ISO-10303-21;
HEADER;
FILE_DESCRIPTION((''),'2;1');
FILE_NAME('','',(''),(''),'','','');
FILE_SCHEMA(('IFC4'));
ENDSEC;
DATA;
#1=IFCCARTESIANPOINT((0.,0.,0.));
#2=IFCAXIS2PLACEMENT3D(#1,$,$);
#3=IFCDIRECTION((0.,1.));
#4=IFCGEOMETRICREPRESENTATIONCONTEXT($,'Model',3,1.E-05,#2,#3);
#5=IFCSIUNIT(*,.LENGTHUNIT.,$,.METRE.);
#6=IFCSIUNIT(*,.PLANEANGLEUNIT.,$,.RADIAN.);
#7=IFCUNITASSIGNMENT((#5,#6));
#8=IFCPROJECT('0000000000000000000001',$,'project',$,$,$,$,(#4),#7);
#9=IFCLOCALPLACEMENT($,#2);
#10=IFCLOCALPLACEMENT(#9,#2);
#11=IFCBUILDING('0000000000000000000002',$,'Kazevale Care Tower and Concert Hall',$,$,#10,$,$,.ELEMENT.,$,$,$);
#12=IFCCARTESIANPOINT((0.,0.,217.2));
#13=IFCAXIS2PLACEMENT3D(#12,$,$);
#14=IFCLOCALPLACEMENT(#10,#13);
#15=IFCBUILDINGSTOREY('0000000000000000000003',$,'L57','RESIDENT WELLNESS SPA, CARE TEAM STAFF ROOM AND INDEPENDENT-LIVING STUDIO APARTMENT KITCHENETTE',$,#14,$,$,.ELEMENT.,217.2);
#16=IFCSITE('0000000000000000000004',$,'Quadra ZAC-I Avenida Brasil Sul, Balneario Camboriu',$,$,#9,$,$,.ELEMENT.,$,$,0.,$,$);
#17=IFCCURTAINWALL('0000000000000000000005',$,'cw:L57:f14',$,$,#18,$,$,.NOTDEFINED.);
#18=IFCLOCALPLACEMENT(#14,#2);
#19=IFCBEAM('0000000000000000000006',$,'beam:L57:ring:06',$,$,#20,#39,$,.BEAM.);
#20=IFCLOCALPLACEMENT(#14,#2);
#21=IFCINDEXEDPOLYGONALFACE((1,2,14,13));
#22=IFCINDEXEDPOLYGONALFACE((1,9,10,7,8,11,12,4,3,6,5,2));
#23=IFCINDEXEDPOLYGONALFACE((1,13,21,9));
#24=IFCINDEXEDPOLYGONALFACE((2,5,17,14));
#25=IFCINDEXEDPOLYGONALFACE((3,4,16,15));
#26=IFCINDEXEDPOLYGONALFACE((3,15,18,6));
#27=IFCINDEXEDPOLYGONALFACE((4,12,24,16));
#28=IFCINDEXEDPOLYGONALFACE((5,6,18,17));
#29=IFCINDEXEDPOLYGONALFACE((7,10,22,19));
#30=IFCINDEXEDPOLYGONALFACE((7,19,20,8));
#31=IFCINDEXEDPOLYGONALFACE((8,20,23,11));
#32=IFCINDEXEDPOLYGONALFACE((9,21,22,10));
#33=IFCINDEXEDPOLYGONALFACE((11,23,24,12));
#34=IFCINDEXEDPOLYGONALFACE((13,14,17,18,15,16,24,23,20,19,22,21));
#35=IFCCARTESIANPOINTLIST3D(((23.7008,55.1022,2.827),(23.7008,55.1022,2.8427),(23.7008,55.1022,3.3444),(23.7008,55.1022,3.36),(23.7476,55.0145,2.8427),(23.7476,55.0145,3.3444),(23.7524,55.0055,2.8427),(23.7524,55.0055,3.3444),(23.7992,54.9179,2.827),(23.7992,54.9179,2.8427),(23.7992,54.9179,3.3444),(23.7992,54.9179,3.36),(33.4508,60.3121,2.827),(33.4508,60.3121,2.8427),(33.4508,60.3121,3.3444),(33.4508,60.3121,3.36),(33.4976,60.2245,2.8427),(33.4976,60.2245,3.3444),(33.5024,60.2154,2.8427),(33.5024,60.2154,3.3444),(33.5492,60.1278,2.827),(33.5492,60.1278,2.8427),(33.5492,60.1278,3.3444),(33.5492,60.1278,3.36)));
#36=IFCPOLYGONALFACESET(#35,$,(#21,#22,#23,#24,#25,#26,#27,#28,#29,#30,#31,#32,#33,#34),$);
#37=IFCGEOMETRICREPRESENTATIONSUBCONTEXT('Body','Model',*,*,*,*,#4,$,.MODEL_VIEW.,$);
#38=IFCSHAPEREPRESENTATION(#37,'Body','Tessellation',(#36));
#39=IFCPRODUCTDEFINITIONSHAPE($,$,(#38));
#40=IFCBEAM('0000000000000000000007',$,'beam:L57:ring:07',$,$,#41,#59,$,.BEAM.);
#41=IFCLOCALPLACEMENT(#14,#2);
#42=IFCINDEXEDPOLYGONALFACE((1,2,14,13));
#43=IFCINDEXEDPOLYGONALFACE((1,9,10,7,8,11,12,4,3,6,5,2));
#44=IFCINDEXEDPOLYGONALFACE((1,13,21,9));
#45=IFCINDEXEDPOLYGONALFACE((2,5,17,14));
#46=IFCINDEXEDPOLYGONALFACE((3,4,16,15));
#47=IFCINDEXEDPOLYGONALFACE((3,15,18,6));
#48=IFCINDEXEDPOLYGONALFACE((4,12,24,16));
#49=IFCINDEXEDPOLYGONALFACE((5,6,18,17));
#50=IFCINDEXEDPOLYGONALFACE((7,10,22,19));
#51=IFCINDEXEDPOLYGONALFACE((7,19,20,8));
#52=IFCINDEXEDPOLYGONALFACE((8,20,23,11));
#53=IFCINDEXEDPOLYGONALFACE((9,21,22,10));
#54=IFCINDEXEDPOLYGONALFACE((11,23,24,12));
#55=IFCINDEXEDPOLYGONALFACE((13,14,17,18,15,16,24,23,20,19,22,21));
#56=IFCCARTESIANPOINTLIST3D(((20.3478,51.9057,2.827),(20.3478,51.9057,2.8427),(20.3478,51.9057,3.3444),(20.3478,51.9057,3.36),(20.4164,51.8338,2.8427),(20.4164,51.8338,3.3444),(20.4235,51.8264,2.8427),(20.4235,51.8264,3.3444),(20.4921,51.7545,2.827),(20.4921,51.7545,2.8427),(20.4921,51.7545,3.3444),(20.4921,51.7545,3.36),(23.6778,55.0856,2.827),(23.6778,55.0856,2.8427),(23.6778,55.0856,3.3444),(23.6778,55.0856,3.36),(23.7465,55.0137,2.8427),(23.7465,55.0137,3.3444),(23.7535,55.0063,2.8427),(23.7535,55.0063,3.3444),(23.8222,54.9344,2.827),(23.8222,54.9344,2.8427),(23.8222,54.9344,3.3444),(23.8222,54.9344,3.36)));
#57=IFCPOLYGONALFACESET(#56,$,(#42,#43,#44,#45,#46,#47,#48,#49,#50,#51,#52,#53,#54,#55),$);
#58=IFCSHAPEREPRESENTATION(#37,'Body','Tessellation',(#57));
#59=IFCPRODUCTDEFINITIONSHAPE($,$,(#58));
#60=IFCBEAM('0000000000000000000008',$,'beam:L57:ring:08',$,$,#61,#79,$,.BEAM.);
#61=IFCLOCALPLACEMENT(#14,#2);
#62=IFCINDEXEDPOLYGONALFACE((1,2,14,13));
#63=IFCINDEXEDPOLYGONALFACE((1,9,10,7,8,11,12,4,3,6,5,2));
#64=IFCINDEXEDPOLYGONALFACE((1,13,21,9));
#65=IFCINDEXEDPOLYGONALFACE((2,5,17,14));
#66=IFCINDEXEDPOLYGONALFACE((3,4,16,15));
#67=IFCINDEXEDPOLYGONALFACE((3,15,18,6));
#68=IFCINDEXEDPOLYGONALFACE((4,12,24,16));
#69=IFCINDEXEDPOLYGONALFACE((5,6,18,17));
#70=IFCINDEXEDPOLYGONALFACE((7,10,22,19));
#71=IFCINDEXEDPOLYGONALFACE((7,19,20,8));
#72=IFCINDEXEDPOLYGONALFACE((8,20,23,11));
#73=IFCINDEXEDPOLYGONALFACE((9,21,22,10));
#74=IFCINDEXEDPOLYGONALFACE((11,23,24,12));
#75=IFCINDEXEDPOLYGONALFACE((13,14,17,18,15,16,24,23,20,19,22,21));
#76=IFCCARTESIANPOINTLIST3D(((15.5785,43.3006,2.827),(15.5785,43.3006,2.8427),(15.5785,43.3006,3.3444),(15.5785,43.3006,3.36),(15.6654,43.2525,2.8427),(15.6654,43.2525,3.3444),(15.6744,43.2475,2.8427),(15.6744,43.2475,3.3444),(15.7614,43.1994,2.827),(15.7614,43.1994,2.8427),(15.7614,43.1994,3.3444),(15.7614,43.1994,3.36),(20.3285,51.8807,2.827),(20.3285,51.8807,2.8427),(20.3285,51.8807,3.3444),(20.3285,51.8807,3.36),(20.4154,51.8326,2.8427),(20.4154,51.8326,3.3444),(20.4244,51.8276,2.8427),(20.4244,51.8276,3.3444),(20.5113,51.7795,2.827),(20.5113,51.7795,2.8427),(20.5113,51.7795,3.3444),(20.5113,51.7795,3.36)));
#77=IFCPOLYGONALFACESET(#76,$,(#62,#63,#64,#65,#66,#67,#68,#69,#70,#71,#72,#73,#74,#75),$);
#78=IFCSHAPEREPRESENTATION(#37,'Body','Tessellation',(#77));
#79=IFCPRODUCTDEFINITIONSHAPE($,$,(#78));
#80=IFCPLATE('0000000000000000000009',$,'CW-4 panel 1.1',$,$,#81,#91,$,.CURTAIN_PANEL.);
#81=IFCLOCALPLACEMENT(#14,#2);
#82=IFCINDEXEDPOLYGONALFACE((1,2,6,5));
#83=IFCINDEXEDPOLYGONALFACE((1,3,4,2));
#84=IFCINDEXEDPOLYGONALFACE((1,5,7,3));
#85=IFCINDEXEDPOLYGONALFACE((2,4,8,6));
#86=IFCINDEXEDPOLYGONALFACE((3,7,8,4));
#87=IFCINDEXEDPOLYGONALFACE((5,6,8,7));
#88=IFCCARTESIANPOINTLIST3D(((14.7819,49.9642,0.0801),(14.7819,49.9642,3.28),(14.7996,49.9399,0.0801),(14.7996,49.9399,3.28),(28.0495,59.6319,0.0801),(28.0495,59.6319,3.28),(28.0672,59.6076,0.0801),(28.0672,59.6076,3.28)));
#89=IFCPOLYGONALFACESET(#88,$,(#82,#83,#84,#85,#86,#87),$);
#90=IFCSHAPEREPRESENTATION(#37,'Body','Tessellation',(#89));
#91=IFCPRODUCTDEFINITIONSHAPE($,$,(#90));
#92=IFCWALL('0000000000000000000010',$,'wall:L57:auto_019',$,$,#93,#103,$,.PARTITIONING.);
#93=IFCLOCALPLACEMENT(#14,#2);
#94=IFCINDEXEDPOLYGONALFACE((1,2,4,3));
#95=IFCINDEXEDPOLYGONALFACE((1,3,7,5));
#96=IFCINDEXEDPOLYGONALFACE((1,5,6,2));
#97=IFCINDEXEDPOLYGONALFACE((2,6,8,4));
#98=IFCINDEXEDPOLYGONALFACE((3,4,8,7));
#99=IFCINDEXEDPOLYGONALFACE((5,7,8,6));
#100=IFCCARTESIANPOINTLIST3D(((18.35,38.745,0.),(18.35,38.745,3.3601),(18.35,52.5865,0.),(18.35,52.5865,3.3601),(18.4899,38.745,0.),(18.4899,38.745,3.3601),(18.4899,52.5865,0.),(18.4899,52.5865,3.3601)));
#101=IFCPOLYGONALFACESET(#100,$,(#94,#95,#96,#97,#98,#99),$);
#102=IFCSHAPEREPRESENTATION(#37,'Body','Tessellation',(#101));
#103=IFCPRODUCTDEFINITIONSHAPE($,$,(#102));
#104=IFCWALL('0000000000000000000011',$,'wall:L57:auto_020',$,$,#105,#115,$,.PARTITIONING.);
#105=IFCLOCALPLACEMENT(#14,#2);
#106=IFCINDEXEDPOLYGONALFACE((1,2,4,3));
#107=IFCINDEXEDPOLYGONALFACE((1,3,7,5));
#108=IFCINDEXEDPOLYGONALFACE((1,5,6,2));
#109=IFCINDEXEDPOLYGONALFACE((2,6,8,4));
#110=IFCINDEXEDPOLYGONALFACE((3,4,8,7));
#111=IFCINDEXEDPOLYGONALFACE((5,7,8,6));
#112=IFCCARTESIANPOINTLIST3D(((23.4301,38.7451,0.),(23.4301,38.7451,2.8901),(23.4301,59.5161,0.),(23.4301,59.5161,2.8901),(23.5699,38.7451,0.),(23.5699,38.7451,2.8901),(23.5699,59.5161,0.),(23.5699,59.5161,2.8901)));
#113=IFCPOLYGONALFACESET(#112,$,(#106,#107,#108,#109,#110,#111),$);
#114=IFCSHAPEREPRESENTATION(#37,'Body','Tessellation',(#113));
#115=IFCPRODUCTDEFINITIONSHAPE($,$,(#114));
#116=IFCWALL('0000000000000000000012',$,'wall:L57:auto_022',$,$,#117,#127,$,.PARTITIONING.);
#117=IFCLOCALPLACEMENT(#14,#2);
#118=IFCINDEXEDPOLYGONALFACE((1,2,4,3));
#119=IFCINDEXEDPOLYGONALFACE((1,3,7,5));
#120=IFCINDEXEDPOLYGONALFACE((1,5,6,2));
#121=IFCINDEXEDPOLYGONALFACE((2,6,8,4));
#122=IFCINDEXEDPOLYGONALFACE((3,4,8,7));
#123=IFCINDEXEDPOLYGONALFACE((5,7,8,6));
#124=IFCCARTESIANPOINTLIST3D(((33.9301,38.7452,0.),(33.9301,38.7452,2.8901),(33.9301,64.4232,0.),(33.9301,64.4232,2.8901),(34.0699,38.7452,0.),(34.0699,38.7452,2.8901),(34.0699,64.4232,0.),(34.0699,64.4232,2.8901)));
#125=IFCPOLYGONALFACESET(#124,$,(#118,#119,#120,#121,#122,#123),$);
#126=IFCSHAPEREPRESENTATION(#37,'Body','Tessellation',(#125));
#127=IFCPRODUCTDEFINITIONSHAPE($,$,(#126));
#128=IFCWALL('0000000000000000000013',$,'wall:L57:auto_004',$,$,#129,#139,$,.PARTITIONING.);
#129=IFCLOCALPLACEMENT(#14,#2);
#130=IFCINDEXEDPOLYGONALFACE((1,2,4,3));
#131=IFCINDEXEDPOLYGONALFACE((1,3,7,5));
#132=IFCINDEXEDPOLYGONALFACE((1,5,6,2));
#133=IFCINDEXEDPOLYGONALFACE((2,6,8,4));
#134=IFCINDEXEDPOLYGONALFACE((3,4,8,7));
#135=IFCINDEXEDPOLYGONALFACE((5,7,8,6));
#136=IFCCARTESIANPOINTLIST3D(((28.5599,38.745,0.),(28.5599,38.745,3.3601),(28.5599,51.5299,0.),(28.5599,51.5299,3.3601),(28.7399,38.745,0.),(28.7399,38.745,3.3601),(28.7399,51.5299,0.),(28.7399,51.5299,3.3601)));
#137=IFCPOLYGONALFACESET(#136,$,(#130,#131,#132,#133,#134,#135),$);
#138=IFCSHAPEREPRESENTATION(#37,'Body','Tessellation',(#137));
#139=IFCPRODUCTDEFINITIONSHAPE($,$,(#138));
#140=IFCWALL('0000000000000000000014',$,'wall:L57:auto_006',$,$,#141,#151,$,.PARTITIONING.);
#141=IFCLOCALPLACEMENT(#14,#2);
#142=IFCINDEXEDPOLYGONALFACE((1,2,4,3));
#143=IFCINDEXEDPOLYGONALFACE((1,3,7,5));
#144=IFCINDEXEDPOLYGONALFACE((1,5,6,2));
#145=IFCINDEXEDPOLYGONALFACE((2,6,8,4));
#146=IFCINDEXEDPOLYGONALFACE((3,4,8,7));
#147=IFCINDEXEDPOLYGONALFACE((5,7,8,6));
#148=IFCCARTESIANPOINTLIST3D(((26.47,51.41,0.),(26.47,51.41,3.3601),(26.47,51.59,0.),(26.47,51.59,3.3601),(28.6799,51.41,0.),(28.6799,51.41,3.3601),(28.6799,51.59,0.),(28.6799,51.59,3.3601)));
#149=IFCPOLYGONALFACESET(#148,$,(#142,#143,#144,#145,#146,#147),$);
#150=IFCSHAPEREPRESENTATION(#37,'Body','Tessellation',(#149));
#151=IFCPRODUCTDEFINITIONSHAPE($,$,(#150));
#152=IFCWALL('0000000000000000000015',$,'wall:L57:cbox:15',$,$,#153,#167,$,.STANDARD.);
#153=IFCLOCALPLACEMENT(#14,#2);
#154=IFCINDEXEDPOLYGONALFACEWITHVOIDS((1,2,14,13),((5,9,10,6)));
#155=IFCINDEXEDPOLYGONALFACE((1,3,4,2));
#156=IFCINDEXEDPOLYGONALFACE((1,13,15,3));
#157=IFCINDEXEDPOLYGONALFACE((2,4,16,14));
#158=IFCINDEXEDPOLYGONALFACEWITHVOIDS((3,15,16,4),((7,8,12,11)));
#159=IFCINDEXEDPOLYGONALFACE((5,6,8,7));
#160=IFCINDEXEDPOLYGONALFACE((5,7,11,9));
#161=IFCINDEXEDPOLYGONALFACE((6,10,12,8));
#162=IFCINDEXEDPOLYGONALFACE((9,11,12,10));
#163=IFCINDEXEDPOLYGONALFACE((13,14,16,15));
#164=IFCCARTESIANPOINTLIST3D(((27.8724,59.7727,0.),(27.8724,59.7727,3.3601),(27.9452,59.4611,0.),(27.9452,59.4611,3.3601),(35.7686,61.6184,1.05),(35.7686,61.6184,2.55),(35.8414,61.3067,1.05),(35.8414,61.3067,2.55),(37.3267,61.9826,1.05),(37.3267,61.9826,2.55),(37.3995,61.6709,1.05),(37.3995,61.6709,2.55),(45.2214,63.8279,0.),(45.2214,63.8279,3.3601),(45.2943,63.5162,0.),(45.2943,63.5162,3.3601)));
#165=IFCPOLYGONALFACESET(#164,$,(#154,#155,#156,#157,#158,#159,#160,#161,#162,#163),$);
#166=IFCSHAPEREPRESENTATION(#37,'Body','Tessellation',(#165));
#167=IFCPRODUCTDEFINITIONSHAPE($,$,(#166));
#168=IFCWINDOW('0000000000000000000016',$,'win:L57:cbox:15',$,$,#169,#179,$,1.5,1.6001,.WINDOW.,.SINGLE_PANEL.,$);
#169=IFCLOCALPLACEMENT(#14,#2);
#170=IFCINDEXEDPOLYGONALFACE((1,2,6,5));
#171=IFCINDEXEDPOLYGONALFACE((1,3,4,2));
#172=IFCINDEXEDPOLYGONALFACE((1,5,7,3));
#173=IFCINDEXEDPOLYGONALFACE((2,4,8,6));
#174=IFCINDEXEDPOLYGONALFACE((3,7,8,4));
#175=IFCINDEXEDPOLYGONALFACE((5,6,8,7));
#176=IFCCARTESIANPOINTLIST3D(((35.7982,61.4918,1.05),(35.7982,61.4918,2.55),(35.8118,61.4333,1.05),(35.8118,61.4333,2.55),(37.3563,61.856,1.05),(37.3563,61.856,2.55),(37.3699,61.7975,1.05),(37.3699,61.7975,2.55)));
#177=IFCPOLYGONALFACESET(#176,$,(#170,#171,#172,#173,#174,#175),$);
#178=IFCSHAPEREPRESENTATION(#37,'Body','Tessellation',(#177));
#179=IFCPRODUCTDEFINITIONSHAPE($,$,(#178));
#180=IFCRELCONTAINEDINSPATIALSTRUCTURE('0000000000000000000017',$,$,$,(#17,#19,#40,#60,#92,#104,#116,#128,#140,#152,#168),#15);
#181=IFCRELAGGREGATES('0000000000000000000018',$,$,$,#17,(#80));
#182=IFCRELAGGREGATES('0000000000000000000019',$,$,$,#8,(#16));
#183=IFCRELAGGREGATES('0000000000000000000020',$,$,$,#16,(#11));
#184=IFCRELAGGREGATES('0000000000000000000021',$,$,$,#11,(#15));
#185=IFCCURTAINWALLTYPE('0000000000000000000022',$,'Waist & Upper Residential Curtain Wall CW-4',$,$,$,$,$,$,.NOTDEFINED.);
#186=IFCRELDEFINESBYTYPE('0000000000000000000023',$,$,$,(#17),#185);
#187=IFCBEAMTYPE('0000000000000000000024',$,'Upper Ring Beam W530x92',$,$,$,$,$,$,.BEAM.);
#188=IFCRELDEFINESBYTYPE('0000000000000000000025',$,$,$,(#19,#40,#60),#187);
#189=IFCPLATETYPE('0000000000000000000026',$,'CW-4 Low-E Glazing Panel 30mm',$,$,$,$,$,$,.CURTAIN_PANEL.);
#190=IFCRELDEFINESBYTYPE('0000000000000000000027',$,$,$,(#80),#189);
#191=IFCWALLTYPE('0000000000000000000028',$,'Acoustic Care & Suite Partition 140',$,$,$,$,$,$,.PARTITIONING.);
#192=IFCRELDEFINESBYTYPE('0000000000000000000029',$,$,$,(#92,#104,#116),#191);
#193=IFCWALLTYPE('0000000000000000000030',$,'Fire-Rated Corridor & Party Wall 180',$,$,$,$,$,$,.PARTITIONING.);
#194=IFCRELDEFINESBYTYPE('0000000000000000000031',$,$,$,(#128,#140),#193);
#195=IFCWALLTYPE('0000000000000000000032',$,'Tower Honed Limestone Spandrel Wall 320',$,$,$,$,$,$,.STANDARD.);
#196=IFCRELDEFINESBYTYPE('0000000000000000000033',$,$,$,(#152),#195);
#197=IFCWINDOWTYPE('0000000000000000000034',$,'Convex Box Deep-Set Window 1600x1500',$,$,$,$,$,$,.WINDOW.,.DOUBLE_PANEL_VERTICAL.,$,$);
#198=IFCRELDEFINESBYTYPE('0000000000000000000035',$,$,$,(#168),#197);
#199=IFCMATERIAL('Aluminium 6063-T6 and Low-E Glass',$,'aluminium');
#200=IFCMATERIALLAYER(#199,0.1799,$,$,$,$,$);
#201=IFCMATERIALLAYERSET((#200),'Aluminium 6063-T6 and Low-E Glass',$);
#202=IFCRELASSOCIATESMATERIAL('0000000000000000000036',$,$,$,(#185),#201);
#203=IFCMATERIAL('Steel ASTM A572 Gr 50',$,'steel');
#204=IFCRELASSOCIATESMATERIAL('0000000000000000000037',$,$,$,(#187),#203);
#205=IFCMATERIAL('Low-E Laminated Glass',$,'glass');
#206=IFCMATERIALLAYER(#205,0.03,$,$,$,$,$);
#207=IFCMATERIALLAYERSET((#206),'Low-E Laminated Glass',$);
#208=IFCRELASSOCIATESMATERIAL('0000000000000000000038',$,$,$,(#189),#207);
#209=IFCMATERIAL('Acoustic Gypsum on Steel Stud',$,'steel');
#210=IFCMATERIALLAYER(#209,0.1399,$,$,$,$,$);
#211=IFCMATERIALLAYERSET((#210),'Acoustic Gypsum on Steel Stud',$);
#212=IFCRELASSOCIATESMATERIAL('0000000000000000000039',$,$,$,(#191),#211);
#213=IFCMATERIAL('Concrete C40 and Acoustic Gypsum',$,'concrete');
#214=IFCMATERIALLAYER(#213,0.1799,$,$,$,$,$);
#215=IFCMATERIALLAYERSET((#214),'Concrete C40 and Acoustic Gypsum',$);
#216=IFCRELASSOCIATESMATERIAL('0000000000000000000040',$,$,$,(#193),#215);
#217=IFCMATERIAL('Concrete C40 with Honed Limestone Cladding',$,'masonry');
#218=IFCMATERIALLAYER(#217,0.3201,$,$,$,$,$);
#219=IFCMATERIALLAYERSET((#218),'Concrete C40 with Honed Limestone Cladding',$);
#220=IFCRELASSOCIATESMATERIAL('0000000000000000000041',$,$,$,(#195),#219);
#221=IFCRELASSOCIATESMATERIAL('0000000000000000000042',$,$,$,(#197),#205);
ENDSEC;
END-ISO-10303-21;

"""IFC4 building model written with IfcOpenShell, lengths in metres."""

from ifc_helpers import new_model, si_unit, direction, frame, frame_2d, origin, origin_2d, place, context, subcontext, project, spatial, rectangle, i_section, extrude, material, layer, layer_set, material_profile, profile_set, type_object, element, fill, aggregate, save


model = new_model("IFC4")

# Units and contexts
model_context = context("Model", 3, precision=1e-05, world=origin(), true_north=direction((0.0, 1.0)))
body_context = subcontext(model_context, "Body", "Model", "MODEL_VIEW")
ifc_project = project(units=[si_unit("LENGTHUNIT", "METRE"), si_unit("PLANEANGLEUNIT", "RADIAN")], contexts=[model_context])

# Site, building, storey
site_placement = place(None, origin())
site = spatial("IfcSite", under=ifc_project, at=site_placement, Name="Quadra ZAC-I Avenida Brasil Sul, Balneario Camboriu", CompositionType="ELEMENT", RefElevation=0.0)
building_placement = place(site_placement, origin())
building = spatial("IfcBuilding", under=site, at=building_placement, Name="Kazevale Care Tower and Concert Hall", CompositionType="ELEMENT")
storey_placement = place(building_placement, frame((0.0, 0.0, 217.2)))
storey = spatial("IfcBuildingStorey", under=building, at=storey_placement, Name="L57", Description="RESIDENT WELLNESS SPA, CARE TEAM STAFF ROOM AND INDEPENDENT-LIVING STUDIO APARTMENT KITCHENETTE", CompositionType="ELEMENT", Elevation=217.2)

# Curtain wall
ifc_material_1 = material(Name="Aluminium 6063-T6 and Low-E Glass", Category="aluminium")
ifc_layer_1 = layer(ifc_material_1, 0.1799)
ifc_layer_set_1 = layer_set([ifc_layer_1], Name="Aluminium 6063-T6 and Low-E Glass")
curtain_wall_type = type_object("IfcCurtainWallType", Name="Waist & Upper Residential Curtain Wall CW-4", PredefinedType="NOTDEFINED", material=ifc_layer_set_1)
curtain_wall_placement = place(storey_placement, origin())
curtain_wall = element("IfcCurtainWall", 1, at=curtain_wall_placement, inside=storey, type_object=curtain_wall_type, Name="cw:L57:f14", PredefinedType="NOTDEFINED")

# Beams
ifc_material_2 = material(Name="Steel ASTM A572 Gr 50", Category="steel")
ifc_material_profile_1 = material_profile(ifc_material_2, i_section(OverallWidth=0.209, OverallDepth=0.533, WebThickness=0.0103, FlangeThickness=0.0156, at=origin_2d()), Name="W530x92")
ifc_profile_set_1 = profile_set([ifc_material_profile_1], Name="Steel ASTM A572 Gr 50")
beam_type = type_object("IfcBeamType", Name="Upper Ring Beam W530x92", PredefinedType="BEAM", material=ifc_profile_set_1)
beam_1_placement = place(storey_placement, frame((33.5, 60.22, 3.0935), z_axis=(-0.881979, -0.47129, 0.0), x_axis=(0.47129, -0.881979, 0.0)))
element("IfcBeam", 2, at=beam_1_placement, inside=storey, type_object=beam_type, Name="beam:L57:ring:06", PredefinedType="BEAM", context=body_context, shape_type="SweptSolid", body=[
    extrude(i_section(OverallWidth=0.209, OverallDepth=0.533, WebThickness=0.0103, FlangeThickness=0.0156, at=origin_2d()), origin(), (0.0, 0.0, 1.0), 11.0547),
])
beam_2_placement = place(storey_placement, frame((23.75, 55.01, 3.0935), z_axis=(-0.723223, -0.690614, 0.0), x_axis=(0.690614, -0.723223, 0.0)))
element("IfcBeam", 3, at=beam_2_placement, inside=storey, type_object=beam_type, Name="beam:L57:ring:07", PredefinedType="BEAM", context=body_context, shape_type="SweptSolid", body=[
    extrude(i_section(OverallWidth=0.209, OverallDepth=0.533, WebThickness=0.0103, FlangeThickness=0.0156, at=origin_2d()), origin(), (0.0, 0.0, 1.0), 4.6045),
])
beam_3_placement = place(storey_placement, frame((20.4199, 51.8301, 3.0935), z_axis=(-0.48434, -0.87488, 0.0), x_axis=(0.87488, -0.48434, 0.0)))
element("IfcBeam", 4, at=beam_3_placement, inside=storey, type_object=beam_type, Name="beam:L57:ring:08", PredefinedType="BEAM", context=body_context, shape_type="SweptSolid", body=[
    extrude(i_section(OverallWidth=0.209, OverallDepth=0.533, WebThickness=0.0103, FlangeThickness=0.0156, at=origin_2d()), origin(), (0.0, 0.0, 1.0), 9.8071),
])

# Plate
ifc_material_3 = material(Name="Low-E Laminated Glass", Category="glass")
ifc_layer_2 = layer(ifc_material_3, 0.03)
ifc_layer_set_2 = layer_set([ifc_layer_2], Name="Low-E Laminated Glass")
plate_type = type_object("IfcPlateType", Name="CW-4 Low-E Glazing Panel 30mm", PredefinedType="CURTAIN_PANEL", material=ifc_layer_set_2)
plate_placement = place(storey_placement, frame((21.4246, 54.7859, 0.0801), z_axis=(0.0, 0.0, 1.0), x_axis=(0.808198, 0.58891, 0.0)))
plate = element("IfcPlate", 5, at=plate_placement, type_object=plate_type, Name="CW-4 panel 1.1", PredefinedType="CURTAIN_PANEL", context=body_context, shape_type="SweptSolid", body=[
    extrude(rectangle(XDim=16.4163, YDim=0.03, at=origin_2d()), origin(), (0.0, 0.0, 1.0), 3.2),
])
aggregate(curtain_wall, [plate])

# Walls
ifc_material_4 = material(Name="Acoustic Gypsum on Steel Stud", Category="steel")
ifc_layer_3 = layer(ifc_material_4, 0.1399)
ifc_layer_set_3 = layer_set([ifc_layer_3], Name="Acoustic Gypsum on Steel Stud")
wall_type_1 = type_object("IfcWallType", Name="Acoustic Care & Suite Partition 140", PredefinedType="PARTITIONING", material=ifc_layer_set_3)
wall_1_placement = place(storey_placement, frame((18.4199, 52.5867, 0.0), z_axis=(0.0, 0.0, 1.0), x_axis=(0.0, -1.0, 0.0)))
element("IfcWall", 6, at=wall_1_placement, inside=storey, type_object=wall_type_1, Name="wall:L57:auto_019", PredefinedType="PARTITIONING", context=body_context, shape_type="SweptSolid", body=[
    extrude(rectangle(XDim=13.8416, YDim=0.1399, at=frame_2d((6.9209, 0.0))), origin(), (0.0, 0.0, 1.0), 3.3601),
])
wall_2_placement = place(storey_placement, frame((23.5, 59.5161, 0.0), z_axis=(0.0, 0.0, 1.0), x_axis=(0.0, -1.0, 0.0)))
element("IfcWall", 7, at=wall_2_placement, inside=storey, type_object=wall_type_1, Name="wall:L57:auto_020", PredefinedType="PARTITIONING", context=body_context, shape_type="SweptSolid", body=[
    extrude(rectangle(XDim=20.771, YDim=0.1399, at=frame_2d((10.3855, 0.0))), origin(), (0.0, 0.0, 1.0), 2.8901),
])
wall_3_placement = place(storey_placement, frame((34.0, 64.4231, 0.0), z_axis=(0.0, 0.0, 1.0), x_axis=(0.0, -1.0, 0.0)))
element("IfcWall", 8, at=wall_3_placement, inside=storey, type_object=wall_type_1, Name="wall:L57:auto_022", PredefinedType="PARTITIONING", context=body_context, shape_type="SweptSolid", body=[
    extrude(rectangle(XDim=25.678, YDim=0.1399, at=frame_2d((12.8389, 0.0))), origin(), (0.0, 0.0, 1.0), 2.8901),
])
ifc_material_5 = material(Name="Concrete C40 and Acoustic Gypsum", Category="concrete")
ifc_layer_4 = layer(ifc_material_5, 0.1799)
ifc_layer_set_4 = layer_set([ifc_layer_4], Name="Concrete C40 and Acoustic Gypsum")
wall_type_2 = type_object("IfcWallType", Name="Fire-Rated Corridor & Party Wall 180", PredefinedType="PARTITIONING", material=ifc_layer_set_4)
wall_4_placement = place(storey_placement, frame((28.6499, 51.53, 0.0), z_axis=(0.0, 0.0, 1.0), x_axis=(0.0, -1.0, 0.0)))
element("IfcWall", 9, at=wall_4_placement, inside=storey, type_object=wall_type_2, Name="wall:L57:auto_004", PredefinedType="PARTITIONING", context=body_context, shape_type="SweptSolid", body=[
    extrude(rectangle(XDim=12.7849, YDim=0.1799, at=frame_2d((6.3926, 0.0))), origin(), (0.0, 0.0, 1.0), 3.3601),
])
wall_5_placement = place(storey_placement, frame((26.47, 51.5, 0.0), z_axis=(0.0, 0.0, 1.0), x_axis=(1.0, 0.0, 0.0)))
element("IfcWall", 10, at=wall_5_placement, inside=storey, type_object=wall_type_2, Name="wall:L57:auto_006", PredefinedType="PARTITIONING", context=body_context, shape_type="SweptSolid", body=[
    extrude(rectangle(XDim=2.21, YDim=0.1799, at=frame_2d((1.105, 0.0))), origin(), (0.0, 0.0, 1.0), 3.3601),
])

# Wall, opening, window
ifc_material_6 = material(Name="Concrete C40 with Honed Limestone Cladding", Category="masonry")
ifc_layer_5 = layer(ifc_material_6, 0.3201)
ifc_layer_set_5 = layer_set([ifc_layer_5], Name="Concrete C40 with Honed Limestone Cladding")
wall_type_3 = type_object("IfcWallType", Name="Tower Honed Limestone Spandrel Wall 320", PredefinedType="STANDARD", material=ifc_layer_set_5)
wall_6_placement = place(storey_placement, frame((27.9089, 59.6169, 0.0), z_axis=(0.0, 0.0, 1.0), x_axis=(0.973754, 0.227605, 0.0)))
wall_6 = element("IfcWall", 11, at=wall_6_placement, inside=storey, type_object=wall_type_3, Name="wall:L57:cbox:15", PredefinedType="STANDARD", context=body_context, shape_type="SweptSolid", body=[
    extrude(rectangle(XDim=17.8167, YDim=0.3201, at=frame_2d((8.9082, 0.0))), origin(), (0.0, 0.0, 1.0), 3.3601),
])
opening_placement = place(wall_6_placement, frame((8.1089, 0.0, 1.05)))
opening = element("IfcOpeningElement", 12, at=opening_placement, cuts=wall_6, PredefinedType="OPENING", context=body_context, shape_type="SweptSolid", body=[
    extrude(rectangle(XDim=1.6001, YDim=1.5, at=frame_2d((0.8, 0.75))), frame((0.0, 0.1699, 0.0), z_axis=(0.0, -1.0, 0.0), x_axis=(1.0, 0.0, 0.0)), (0.0, 0.0, 1.0), 0.3401),
])
window_type = type_object("IfcWindowType", Name="Convex Box Deep-Set Window 1600x1500", PartitioningType="DOUBLE_PANEL_VERTICAL", PredefinedType="WINDOW", material=ifc_material_3)
window_placement = place(opening_placement, origin())
window = element("IfcWindow", 13, at=window_placement, inside=storey, type_object=window_type, Name="win:L57:cbox:15", OverallHeight=1.5, OverallWidth=1.6001, PartitioningType="SINGLE_PANEL", PredefinedType="WINDOW", context=body_context, shape_type="SweptSolid", body=[
    extrude(rectangle(XDim=1.6001, YDim=1.5, at=frame_2d((0.8, 0.75))), frame((0.0, 0.03, 0.0), z_axis=(0.0, -1.0, 0.0), x_axis=(1.0, 0.0, 0.0)), (0.0, 0.0, 1.0), 0.0601),
])
fill(opening, window)

save(model, "model.ifc")
